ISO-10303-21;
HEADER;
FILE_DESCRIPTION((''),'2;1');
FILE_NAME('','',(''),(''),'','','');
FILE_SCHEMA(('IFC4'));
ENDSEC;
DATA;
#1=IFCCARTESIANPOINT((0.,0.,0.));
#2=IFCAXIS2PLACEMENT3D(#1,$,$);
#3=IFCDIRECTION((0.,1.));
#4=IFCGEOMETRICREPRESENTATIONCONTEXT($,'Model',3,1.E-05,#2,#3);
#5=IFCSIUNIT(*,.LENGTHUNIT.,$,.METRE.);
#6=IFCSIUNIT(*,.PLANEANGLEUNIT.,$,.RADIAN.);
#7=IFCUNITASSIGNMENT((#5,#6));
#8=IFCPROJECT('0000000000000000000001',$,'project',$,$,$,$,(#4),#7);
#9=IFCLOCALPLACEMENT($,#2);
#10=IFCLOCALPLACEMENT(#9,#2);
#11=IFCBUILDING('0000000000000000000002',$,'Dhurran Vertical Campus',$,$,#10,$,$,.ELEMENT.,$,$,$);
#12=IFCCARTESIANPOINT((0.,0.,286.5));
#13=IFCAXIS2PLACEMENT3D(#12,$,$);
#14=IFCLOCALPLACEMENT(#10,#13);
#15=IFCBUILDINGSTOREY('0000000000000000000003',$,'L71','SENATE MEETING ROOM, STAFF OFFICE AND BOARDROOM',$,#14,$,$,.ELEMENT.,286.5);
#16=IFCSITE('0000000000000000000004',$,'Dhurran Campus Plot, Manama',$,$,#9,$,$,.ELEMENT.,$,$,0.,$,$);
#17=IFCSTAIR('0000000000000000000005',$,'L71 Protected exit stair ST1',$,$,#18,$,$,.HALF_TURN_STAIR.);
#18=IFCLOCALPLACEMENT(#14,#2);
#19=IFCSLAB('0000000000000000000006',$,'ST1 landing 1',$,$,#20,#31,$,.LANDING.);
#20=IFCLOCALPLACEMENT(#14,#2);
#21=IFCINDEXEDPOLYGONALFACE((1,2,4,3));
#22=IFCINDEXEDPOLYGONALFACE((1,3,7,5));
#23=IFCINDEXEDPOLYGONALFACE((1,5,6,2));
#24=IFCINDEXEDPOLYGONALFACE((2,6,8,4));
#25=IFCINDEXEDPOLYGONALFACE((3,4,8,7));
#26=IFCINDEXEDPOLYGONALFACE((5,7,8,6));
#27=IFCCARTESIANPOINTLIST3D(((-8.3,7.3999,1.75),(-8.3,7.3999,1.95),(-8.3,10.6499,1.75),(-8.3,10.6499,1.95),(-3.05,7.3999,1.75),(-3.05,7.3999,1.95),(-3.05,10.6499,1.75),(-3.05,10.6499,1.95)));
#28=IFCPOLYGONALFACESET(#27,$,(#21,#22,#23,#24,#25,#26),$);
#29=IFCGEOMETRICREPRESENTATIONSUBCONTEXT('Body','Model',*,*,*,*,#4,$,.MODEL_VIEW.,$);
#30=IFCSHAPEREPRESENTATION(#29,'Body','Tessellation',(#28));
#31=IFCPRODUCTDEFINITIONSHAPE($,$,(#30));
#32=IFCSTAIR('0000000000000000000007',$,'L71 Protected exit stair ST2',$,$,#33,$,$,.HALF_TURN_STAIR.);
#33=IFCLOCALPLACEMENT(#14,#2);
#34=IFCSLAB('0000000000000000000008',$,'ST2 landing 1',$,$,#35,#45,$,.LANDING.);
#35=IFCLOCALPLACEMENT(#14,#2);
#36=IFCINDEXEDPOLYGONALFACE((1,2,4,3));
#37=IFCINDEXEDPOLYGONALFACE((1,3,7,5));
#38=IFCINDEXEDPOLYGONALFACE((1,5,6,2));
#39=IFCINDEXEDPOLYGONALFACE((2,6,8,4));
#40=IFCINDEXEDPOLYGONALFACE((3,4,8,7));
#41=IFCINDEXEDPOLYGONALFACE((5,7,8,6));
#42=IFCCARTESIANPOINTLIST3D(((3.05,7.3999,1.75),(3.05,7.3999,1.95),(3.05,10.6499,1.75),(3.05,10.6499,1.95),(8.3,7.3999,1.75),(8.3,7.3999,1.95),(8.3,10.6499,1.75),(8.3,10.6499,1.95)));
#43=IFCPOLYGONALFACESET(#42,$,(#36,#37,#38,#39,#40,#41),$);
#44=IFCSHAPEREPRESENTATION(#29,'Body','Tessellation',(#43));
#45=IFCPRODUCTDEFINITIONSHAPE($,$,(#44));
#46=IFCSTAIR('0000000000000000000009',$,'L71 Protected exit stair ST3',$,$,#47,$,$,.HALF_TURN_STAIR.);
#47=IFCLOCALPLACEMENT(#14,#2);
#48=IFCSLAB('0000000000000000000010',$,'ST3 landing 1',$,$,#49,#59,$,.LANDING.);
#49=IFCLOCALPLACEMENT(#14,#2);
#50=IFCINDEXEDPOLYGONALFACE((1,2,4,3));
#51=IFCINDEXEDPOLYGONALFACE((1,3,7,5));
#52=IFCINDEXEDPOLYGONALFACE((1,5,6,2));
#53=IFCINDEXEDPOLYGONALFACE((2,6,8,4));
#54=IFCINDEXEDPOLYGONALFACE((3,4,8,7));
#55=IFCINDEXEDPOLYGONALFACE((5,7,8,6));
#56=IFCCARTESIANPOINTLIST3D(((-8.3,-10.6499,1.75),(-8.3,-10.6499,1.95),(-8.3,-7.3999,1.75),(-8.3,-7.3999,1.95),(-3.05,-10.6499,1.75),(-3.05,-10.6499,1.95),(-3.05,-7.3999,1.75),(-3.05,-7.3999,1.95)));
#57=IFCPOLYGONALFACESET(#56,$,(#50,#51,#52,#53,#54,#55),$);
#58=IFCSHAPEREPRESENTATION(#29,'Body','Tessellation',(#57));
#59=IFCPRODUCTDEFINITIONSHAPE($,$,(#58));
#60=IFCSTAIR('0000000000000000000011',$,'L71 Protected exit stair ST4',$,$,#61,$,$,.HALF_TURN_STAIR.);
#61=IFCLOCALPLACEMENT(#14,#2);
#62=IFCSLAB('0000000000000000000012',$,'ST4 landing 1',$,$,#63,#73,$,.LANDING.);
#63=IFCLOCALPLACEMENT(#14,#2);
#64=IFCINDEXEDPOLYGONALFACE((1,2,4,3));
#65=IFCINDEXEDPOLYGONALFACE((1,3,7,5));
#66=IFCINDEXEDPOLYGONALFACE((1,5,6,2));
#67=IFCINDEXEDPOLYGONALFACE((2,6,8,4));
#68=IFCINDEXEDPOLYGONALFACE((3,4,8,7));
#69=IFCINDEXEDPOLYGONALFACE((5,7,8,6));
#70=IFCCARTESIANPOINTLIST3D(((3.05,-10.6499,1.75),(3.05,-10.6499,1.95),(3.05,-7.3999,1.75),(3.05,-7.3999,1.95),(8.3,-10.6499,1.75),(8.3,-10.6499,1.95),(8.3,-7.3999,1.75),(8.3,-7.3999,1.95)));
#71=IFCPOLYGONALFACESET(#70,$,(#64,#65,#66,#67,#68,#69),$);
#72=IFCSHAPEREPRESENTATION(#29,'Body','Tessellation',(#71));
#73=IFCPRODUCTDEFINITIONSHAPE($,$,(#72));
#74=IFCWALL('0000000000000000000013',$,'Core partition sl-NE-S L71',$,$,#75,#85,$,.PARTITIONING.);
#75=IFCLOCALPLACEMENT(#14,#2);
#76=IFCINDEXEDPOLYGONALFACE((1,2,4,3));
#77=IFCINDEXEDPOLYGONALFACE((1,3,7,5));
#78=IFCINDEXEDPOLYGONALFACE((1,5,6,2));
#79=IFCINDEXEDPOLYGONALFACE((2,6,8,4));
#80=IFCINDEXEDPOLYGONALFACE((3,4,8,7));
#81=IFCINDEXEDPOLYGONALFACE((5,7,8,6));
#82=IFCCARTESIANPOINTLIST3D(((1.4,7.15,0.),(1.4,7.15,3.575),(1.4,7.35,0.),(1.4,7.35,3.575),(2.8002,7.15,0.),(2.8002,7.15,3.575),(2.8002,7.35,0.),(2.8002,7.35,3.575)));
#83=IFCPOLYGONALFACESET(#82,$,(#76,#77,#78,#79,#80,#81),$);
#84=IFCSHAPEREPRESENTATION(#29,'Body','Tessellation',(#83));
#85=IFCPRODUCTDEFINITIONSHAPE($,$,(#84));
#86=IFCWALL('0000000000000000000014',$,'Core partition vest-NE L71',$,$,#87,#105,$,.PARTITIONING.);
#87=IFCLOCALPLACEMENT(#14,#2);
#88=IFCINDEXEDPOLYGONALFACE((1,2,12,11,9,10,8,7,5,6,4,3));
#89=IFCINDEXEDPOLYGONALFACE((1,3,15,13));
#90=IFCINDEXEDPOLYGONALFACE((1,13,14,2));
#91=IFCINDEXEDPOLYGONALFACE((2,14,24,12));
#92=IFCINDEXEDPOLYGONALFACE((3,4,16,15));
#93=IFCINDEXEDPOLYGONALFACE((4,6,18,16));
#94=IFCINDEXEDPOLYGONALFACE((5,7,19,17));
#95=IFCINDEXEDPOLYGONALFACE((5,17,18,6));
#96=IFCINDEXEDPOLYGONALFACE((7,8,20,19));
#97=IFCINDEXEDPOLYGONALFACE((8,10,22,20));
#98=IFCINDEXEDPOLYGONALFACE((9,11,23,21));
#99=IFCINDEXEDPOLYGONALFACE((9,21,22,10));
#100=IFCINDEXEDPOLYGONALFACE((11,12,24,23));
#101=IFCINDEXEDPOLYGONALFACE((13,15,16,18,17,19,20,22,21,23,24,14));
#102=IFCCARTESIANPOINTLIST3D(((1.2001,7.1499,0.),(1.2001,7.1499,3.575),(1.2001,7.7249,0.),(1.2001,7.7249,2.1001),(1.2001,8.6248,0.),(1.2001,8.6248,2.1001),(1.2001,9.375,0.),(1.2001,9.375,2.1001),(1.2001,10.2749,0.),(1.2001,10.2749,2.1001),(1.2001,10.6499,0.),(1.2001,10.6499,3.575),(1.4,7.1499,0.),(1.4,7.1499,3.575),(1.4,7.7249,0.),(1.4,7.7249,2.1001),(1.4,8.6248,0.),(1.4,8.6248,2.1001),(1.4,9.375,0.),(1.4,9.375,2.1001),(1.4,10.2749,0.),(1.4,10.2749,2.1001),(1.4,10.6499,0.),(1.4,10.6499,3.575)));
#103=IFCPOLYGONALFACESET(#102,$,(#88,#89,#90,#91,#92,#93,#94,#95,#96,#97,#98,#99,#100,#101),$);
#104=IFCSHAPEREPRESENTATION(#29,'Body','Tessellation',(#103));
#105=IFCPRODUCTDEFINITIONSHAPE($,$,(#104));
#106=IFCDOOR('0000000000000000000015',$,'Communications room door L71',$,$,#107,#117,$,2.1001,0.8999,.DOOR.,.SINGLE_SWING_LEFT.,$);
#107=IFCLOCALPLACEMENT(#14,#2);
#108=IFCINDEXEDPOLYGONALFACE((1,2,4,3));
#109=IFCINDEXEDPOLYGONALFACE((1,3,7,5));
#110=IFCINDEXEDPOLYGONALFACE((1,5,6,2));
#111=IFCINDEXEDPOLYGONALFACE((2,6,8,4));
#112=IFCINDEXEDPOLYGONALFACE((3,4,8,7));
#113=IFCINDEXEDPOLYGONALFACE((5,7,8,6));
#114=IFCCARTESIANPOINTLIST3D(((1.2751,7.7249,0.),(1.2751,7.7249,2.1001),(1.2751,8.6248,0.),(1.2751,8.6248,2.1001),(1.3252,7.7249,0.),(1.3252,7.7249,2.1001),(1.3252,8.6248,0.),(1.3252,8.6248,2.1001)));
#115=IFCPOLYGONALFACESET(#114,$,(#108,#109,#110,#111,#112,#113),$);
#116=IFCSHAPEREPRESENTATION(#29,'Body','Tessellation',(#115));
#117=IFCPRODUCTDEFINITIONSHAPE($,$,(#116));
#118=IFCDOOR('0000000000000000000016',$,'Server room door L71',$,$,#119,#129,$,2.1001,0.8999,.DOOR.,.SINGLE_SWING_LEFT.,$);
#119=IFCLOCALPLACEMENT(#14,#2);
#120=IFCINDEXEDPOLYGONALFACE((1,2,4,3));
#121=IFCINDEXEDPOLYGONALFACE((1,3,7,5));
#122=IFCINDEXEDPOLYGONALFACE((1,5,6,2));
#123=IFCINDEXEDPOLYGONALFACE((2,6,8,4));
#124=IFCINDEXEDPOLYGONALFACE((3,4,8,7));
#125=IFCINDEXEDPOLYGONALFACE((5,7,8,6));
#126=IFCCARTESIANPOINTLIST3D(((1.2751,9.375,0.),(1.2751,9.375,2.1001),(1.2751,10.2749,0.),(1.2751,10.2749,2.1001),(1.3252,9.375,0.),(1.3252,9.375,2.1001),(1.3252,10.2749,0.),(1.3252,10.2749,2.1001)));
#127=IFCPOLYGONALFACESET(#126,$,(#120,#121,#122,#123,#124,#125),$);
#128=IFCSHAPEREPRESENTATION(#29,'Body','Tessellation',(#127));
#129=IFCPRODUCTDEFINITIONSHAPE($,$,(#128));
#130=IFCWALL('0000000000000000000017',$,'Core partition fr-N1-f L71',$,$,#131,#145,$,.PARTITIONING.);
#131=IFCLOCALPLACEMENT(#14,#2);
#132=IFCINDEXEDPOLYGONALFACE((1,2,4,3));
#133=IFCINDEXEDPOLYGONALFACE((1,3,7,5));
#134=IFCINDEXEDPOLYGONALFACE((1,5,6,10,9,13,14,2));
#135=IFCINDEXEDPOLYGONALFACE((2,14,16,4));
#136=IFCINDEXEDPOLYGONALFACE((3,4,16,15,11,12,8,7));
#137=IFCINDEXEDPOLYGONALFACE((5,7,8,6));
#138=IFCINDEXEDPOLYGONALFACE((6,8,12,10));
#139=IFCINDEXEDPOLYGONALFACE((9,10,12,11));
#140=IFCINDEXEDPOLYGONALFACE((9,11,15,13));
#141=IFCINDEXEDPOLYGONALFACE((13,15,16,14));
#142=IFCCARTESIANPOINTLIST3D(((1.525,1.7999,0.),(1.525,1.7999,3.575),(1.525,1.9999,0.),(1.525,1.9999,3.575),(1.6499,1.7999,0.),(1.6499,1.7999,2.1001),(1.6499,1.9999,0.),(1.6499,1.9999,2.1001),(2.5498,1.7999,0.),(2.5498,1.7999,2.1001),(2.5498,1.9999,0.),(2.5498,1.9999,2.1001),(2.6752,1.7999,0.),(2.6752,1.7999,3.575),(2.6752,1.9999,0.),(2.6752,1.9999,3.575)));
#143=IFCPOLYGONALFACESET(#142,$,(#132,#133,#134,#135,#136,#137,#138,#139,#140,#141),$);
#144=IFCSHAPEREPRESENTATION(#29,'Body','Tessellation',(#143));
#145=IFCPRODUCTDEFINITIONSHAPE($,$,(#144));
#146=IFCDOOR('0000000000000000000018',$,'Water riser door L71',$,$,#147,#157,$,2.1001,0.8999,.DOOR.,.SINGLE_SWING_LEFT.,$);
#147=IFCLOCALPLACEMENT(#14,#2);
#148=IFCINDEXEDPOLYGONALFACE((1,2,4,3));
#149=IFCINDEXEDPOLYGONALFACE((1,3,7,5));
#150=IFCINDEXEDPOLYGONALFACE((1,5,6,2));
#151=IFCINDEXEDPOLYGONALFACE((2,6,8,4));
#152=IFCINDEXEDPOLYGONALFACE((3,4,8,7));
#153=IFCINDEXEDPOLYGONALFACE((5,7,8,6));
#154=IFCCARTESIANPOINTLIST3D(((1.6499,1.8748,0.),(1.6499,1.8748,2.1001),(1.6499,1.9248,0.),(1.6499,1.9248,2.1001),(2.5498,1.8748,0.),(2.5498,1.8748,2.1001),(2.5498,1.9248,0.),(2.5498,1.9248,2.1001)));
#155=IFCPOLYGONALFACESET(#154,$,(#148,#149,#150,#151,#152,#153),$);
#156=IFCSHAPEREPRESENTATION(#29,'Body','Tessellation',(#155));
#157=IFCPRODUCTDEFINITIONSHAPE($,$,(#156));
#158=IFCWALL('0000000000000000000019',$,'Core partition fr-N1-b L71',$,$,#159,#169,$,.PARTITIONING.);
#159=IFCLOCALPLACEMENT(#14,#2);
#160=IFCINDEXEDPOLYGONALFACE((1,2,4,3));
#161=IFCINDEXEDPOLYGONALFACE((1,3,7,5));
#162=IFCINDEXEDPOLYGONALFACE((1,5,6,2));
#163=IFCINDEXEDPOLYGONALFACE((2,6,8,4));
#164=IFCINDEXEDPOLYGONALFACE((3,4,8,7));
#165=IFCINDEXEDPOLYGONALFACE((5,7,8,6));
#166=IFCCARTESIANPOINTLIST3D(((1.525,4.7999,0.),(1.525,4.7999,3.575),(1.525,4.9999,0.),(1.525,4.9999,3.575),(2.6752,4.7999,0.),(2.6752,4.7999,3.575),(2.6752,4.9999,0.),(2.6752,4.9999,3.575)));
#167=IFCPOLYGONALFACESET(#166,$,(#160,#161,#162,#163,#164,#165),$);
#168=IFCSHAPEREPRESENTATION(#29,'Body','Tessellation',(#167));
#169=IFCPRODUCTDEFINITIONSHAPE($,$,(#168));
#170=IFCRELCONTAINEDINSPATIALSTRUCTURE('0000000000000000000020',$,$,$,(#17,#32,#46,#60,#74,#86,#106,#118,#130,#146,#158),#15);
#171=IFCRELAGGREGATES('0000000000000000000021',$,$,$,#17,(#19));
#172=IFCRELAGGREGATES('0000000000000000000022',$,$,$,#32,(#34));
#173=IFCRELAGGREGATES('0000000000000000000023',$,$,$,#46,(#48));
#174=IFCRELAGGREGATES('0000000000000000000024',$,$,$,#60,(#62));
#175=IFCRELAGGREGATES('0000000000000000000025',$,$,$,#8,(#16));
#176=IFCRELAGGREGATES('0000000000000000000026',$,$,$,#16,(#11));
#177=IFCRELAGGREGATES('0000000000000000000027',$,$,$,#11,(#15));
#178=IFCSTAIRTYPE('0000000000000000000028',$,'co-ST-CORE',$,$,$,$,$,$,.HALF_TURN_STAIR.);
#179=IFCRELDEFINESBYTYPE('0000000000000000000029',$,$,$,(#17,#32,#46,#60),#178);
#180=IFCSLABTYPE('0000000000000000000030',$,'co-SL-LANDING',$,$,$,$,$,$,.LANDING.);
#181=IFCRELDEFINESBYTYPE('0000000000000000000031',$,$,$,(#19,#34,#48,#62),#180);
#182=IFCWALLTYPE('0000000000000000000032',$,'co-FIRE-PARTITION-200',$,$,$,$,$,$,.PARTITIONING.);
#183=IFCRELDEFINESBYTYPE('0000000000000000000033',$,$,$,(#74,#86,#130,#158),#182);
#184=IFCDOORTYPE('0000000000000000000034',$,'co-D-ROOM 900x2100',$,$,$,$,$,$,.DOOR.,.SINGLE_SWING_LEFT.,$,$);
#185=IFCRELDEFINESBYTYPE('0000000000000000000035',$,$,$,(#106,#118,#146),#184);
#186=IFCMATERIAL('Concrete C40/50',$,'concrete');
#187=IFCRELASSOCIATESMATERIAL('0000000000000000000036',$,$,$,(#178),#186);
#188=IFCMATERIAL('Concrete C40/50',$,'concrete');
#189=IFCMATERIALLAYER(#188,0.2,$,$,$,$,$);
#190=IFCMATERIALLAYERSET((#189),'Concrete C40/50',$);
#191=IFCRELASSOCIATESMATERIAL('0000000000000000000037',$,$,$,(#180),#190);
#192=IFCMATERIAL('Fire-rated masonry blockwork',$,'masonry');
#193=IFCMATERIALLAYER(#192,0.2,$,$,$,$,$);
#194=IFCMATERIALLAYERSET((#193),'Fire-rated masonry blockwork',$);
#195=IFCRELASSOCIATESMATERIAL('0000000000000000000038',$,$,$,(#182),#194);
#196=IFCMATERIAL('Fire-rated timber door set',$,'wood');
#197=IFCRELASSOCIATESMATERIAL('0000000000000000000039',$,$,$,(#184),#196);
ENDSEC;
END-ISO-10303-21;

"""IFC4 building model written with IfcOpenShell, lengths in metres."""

from ifc_helpers import new_model, si_unit, direction, frame, frame_2d, origin, place, context, subcontext, project, spatial, polyline, rectangle, outline, extrude, material, layer, layer_set, type_object, element, fill, aggregate, save


model = new_model("IFC4")

# Units and contexts
model_context = context("Model", 3, precision=1e-05, world=origin(), true_north=direction((0.0, 1.0)))
body_context = subcontext(model_context, "Body", "Model", "MODEL_VIEW")
ifc_project = project(units=[si_unit("LENGTHUNIT", "METRE"), si_unit("PLANEANGLEUNIT", "RADIAN")], contexts=[model_context])

# Site, building, storey
site_placement = place(None, origin())
site = spatial("IfcSite", under=ifc_project, at=site_placement, Name="Dhurran Campus Plot, Manama", CompositionType="ELEMENT", RefElevation=0.0)
building_placement = place(site_placement, origin())
building = spatial("IfcBuilding", under=site, at=building_placement, Name="Dhurran Vertical Campus", CompositionType="ELEMENT")
storey_placement = place(building_placement, frame((0.0, 0.0, 286.5)))
storey = spatial("IfcBuildingStorey", under=building, at=storey_placement, Name="L71", Description="SENATE MEETING ROOM, STAFF OFFICE AND BOARDROOM", CompositionType="ELEMENT", Elevation=286.5)

# Stairs, slabs
ifc_material_1 = material(Name="Concrete C40/50", Category="concrete")
stair_type = type_object("IfcStairType", Name="co-ST-CORE", PredefinedType="HALF_TURN_STAIR", material=ifc_material_1)
stair_1_placement = place(storey_placement, origin())
stair_1 = element("IfcStair", 1, at=stair_1_placement, inside=storey, type_object=stair_type, Name="L71 Protected exit stair ST1", PredefinedType="HALF_TURN_STAIR")
ifc_material_2 = material(Name="Concrete C40/50", Category="concrete")
ifc_layer_1 = layer(ifc_material_2, 0.2)
ifc_layer_set_1 = layer_set([ifc_layer_1], Name="Concrete C40/50")
slab_type = type_object("IfcSlabType", Name="co-SL-LANDING", PredefinedType="LANDING", material=ifc_layer_set_1)
slab_1_placement = place(storey_placement, frame((0.0, 0.0, 1.75)))
slab_1 = element("IfcSlab", 2, at=slab_1_placement, type_object=slab_type, Name="ST1 landing 1", PredefinedType="LANDING", context=body_context, shape_type="SweptSolid", body=[
    extrude(outline(polyline([(-8.3, 7.3999), (-3.05, 7.3999), (-3.05, 10.6499), (-8.3, 10.6499), (-8.3, 7.3999)])), origin(), (0.0, 0.0, 1.0), 0.2),
])
aggregate(stair_1, [slab_1])
stair_2_placement = place(storey_placement, origin())
stair_2 = element("IfcStair", 3, at=stair_2_placement, inside=storey, type_object=stair_type, Name="L71 Protected exit stair ST2", PredefinedType="HALF_TURN_STAIR")
slab_2_placement = place(storey_placement, frame((0.0, 0.0, 1.75)))
slab_2 = element("IfcSlab", 4, at=slab_2_placement, type_object=slab_type, Name="ST2 landing 1", PredefinedType="LANDING", context=body_context, shape_type="SweptSolid", body=[
    extrude(outline(polyline([(8.3, 10.6499), (3.05, 10.6499), (3.05, 7.3999), (8.3, 7.3999), (8.3, 10.6499)])), origin(), (0.0, 0.0, 1.0), 0.2),
])
aggregate(stair_2, [slab_2])
stair_3_placement = place(storey_placement, origin())
stair_3 = element("IfcStair", 5, at=stair_3_placement, inside=storey, type_object=stair_type, Name="L71 Protected exit stair ST3", PredefinedType="HALF_TURN_STAIR")
slab_3_placement = place(storey_placement, frame((0.0, 0.0, 1.75)))
slab_3 = element("IfcSlab", 6, at=slab_3_placement, type_object=slab_type, Name="ST3 landing 1", PredefinedType="LANDING", context=body_context, shape_type="SweptSolid", body=[
    extrude(outline(polyline([(-8.3, -10.6499), (-3.05, -10.6499), (-3.05, -7.3999), (-8.3, -7.3999), (-8.3, -10.6499)])), origin(), (0.0, 0.0, 1.0), 0.2),
])
aggregate(stair_3, [slab_3])
stair_4_placement = place(storey_placement, origin())
stair_4 = element("IfcStair", 7, at=stair_4_placement, inside=storey, type_object=stair_type, Name="L71 Protected exit stair ST4", PredefinedType="HALF_TURN_STAIR")
slab_4_placement = place(storey_placement, frame((0.0, 0.0, 1.75)))
slab_4 = element("IfcSlab", 8, at=slab_4_placement, type_object=slab_type, Name="ST4 landing 1", PredefinedType="LANDING", context=body_context, shape_type="SweptSolid", body=[
    extrude(outline(polyline([(8.3, -7.3999), (3.05, -7.3999), (3.05, -10.6499), (8.3, -10.6499), (8.3, -7.3999)])), origin(), (0.0, 0.0, 1.0), 0.2),
])
aggregate(stair_4, [slab_4])

# Wall
ifc_material_3 = material(Name="Fire-rated masonry blockwork", Category="masonry")
ifc_layer_2 = layer(ifc_material_3, 0.2)
ifc_layer_set_2 = layer_set([ifc_layer_2], Name="Fire-rated masonry blockwork")
wall_type_1 = type_object("IfcWallType", Name="co-FIRE-PARTITION-200", PredefinedType="PARTITIONING", material=ifc_layer_set_2)
wall_1_placement = place(storey_placement, frame((1.3999, 7.25, 0.0), z_axis=(0.0, 0.0, 1.0), x_axis=(1.0, 0.0, 0.0)))
element("IfcWall", 9, at=wall_1_placement, inside=storey, type_object=wall_type_1, Name="Core partition sl-NE-S L71", PredefinedType="PARTITIONING", context=body_context, shape_type="SweptSolid", body=[
    extrude(rectangle(XDim=1.4001, YDim=0.2, at=frame_2d((0.7002, 0.0))), origin(), (0.0, 0.0, 1.0), 3.575),
])

# Wall, openings, doors
wall_2_placement = place(storey_placement, frame((1.3, 7.1499, 0.0), z_axis=(0.0, 0.0, 1.0), x_axis=(0.0, 1.0, 0.0)))
wall_2 = element("IfcWall", 10, at=wall_2_placement, inside=storey, type_object=wall_type_1, Name="Core partition vest-NE L71", PredefinedType="PARTITIONING", context=body_context, shape_type="SweptSolid", body=[
    extrude(rectangle(XDim=3.5, YDim=0.2, at=frame_2d((1.75, 0.0))), origin(), (0.0, 0.0, 1.0), 3.575),
])
opening_1_placement = place(wall_2_placement, frame((0.575, 0.0, 0.0)))
opening_1 = element("IfcOpeningElement", 11, at=opening_1_placement, cuts=wall_2, PredefinedType="OPENING", context=body_context, shape_type="SweptSolid", body=[
    extrude(rectangle(XDim=0.8999, YDim=2.1001, at=frame_2d((0.45, 1.05))), frame((0.0, 0.1099, 0.0), z_axis=(0.0, -1.0, 0.0), x_axis=(1.0, 0.0, 0.0)), (0.0, 0.0, 1.0), 0.22),
])
opening_2_placement = place(wall_2_placement, frame((2.2251, 0.0, 0.0)))
opening_2 = element("IfcOpeningElement", 12, at=opening_2_placement, cuts=wall_2, PredefinedType="OPENING", context=body_context, shape_type="SweptSolid", body=[
    extrude(rectangle(XDim=0.8999, YDim=2.1001, at=frame_2d((0.45, 1.05))), frame((0.0, 0.1099, 0.0), z_axis=(0.0, -1.0, 0.0), x_axis=(1.0, 0.0, 0.0)), (0.0, 0.0, 1.0), 0.22),
])
ifc_material_4 = material(Name="Fire-rated timber door set", Category="wood")
door_type_1 = type_object("IfcDoorType", Name="co-D-ROOM 900x2100", OperationType="SINGLE_SWING_LEFT", PredefinedType="DOOR", material=ifc_material_4)
door_1_placement = place(opening_1_placement, origin())
door_1 = element("IfcDoor", 13, at=door_1_placement, inside=storey, type_object=door_type_1, Name="Communications room door L71", OperationType="SINGLE_SWING_LEFT", OverallHeight=2.1001, OverallWidth=0.8999, PredefinedType="DOOR", context=body_context, shape_type="SweptSolid", body=[
    extrude(rectangle(XDim=0.8999, YDim=2.1001, at=frame_2d((0.45, 1.05))), frame((0.0, 0.0249, 0.0), z_axis=(0.0, -1.0, 0.0), x_axis=(1.0, 0.0, 0.0)), (0.0, 0.0, 1.0), 0.05),
])
fill(opening_1, door_1)
door_2_placement = place(opening_2_placement, origin())
door_2 = element("IfcDoor", 14, at=door_2_placement, inside=storey, type_object=door_type_1, Name="Server room door L71", OperationType="SINGLE_SWING_LEFT", OverallHeight=2.1001, OverallWidth=0.8999, PredefinedType="DOOR", context=body_context, shape_type="SweptSolid", body=[
    extrude(rectangle(XDim=0.8999, YDim=2.1001, at=frame_2d((0.45, 1.05))), frame((0.0, 0.0249, 0.0), z_axis=(0.0, -1.0, 0.0), x_axis=(1.0, 0.0, 0.0)), (0.0, 0.0, 1.0), 0.05),
])
fill(opening_2, door_2)

# Wall, opening, door
wall_3_placement = place(storey_placement, frame((1.5249, 1.8999, 0.0), z_axis=(0.0, 0.0, 1.0), x_axis=(1.0, 0.0, 0.0)))
wall_3 = element("IfcWall", 15, at=wall_3_placement, inside=storey, type_object=wall_type_1, Name="Core partition fr-N1-f L71", PredefinedType="PARTITIONING", context=body_context, shape_type="SweptSolid", body=[
    extrude(rectangle(XDim=1.1501, YDim=0.2, at=frame_2d((0.5752, 0.0))), origin(), (0.0, 0.0, 1.0), 3.575),
])
opening_3_placement = place(wall_3_placement, frame((0.125, 0.0, 0.0)))
opening_3 = element("IfcOpeningElement", 16, at=opening_3_placement, cuts=wall_3, PredefinedType="OPENING", context=body_context, shape_type="SweptSolid", body=[
    extrude(rectangle(XDim=0.8999, YDim=2.1001, at=frame_2d((0.45, 1.05))), frame((0.0, 0.1099, 0.0), z_axis=(0.0, -1.0, 0.0), x_axis=(1.0, 0.0, 0.0)), (0.0, 0.0, 1.0), 0.22),
])
door_3_placement = place(opening_3_placement, origin())
door_3 = element("IfcDoor", 17, at=door_3_placement, inside=storey, type_object=door_type_1, Name="Water riser door L71", OperationType="SINGLE_SWING_LEFT", OverallHeight=2.1001, OverallWidth=0.8999, PredefinedType="DOOR", context=body_context, shape_type="SweptSolid", body=[
    extrude(rectangle(XDim=0.8999, YDim=2.1001, at=frame_2d((0.45, 1.05))), frame((0.0, 0.0249, 0.0), z_axis=(0.0, -1.0, 0.0), x_axis=(1.0, 0.0, 0.0)), (0.0, 0.0, 1.0), 0.05),
])
fill(opening_3, door_3)

# Wall
wall_4_placement = place(storey_placement, frame((1.5249, 4.8999, 0.0), z_axis=(0.0, 0.0, 1.0), x_axis=(1.0, 0.0, 0.0)))
element("IfcWall", 18, at=wall_4_placement, inside=storey, type_object=wall_type_1, Name="Core partition fr-N1-b L71", PredefinedType="PARTITIONING", context=body_context, shape_type="SweptSolid", body=[
    extrude(rectangle(XDim=1.1501, YDim=0.2, at=frame_2d((0.5752, 0.0))), origin(), (0.0, 0.0, 1.0), 3.575),
])

save(model, "model.ifc")
